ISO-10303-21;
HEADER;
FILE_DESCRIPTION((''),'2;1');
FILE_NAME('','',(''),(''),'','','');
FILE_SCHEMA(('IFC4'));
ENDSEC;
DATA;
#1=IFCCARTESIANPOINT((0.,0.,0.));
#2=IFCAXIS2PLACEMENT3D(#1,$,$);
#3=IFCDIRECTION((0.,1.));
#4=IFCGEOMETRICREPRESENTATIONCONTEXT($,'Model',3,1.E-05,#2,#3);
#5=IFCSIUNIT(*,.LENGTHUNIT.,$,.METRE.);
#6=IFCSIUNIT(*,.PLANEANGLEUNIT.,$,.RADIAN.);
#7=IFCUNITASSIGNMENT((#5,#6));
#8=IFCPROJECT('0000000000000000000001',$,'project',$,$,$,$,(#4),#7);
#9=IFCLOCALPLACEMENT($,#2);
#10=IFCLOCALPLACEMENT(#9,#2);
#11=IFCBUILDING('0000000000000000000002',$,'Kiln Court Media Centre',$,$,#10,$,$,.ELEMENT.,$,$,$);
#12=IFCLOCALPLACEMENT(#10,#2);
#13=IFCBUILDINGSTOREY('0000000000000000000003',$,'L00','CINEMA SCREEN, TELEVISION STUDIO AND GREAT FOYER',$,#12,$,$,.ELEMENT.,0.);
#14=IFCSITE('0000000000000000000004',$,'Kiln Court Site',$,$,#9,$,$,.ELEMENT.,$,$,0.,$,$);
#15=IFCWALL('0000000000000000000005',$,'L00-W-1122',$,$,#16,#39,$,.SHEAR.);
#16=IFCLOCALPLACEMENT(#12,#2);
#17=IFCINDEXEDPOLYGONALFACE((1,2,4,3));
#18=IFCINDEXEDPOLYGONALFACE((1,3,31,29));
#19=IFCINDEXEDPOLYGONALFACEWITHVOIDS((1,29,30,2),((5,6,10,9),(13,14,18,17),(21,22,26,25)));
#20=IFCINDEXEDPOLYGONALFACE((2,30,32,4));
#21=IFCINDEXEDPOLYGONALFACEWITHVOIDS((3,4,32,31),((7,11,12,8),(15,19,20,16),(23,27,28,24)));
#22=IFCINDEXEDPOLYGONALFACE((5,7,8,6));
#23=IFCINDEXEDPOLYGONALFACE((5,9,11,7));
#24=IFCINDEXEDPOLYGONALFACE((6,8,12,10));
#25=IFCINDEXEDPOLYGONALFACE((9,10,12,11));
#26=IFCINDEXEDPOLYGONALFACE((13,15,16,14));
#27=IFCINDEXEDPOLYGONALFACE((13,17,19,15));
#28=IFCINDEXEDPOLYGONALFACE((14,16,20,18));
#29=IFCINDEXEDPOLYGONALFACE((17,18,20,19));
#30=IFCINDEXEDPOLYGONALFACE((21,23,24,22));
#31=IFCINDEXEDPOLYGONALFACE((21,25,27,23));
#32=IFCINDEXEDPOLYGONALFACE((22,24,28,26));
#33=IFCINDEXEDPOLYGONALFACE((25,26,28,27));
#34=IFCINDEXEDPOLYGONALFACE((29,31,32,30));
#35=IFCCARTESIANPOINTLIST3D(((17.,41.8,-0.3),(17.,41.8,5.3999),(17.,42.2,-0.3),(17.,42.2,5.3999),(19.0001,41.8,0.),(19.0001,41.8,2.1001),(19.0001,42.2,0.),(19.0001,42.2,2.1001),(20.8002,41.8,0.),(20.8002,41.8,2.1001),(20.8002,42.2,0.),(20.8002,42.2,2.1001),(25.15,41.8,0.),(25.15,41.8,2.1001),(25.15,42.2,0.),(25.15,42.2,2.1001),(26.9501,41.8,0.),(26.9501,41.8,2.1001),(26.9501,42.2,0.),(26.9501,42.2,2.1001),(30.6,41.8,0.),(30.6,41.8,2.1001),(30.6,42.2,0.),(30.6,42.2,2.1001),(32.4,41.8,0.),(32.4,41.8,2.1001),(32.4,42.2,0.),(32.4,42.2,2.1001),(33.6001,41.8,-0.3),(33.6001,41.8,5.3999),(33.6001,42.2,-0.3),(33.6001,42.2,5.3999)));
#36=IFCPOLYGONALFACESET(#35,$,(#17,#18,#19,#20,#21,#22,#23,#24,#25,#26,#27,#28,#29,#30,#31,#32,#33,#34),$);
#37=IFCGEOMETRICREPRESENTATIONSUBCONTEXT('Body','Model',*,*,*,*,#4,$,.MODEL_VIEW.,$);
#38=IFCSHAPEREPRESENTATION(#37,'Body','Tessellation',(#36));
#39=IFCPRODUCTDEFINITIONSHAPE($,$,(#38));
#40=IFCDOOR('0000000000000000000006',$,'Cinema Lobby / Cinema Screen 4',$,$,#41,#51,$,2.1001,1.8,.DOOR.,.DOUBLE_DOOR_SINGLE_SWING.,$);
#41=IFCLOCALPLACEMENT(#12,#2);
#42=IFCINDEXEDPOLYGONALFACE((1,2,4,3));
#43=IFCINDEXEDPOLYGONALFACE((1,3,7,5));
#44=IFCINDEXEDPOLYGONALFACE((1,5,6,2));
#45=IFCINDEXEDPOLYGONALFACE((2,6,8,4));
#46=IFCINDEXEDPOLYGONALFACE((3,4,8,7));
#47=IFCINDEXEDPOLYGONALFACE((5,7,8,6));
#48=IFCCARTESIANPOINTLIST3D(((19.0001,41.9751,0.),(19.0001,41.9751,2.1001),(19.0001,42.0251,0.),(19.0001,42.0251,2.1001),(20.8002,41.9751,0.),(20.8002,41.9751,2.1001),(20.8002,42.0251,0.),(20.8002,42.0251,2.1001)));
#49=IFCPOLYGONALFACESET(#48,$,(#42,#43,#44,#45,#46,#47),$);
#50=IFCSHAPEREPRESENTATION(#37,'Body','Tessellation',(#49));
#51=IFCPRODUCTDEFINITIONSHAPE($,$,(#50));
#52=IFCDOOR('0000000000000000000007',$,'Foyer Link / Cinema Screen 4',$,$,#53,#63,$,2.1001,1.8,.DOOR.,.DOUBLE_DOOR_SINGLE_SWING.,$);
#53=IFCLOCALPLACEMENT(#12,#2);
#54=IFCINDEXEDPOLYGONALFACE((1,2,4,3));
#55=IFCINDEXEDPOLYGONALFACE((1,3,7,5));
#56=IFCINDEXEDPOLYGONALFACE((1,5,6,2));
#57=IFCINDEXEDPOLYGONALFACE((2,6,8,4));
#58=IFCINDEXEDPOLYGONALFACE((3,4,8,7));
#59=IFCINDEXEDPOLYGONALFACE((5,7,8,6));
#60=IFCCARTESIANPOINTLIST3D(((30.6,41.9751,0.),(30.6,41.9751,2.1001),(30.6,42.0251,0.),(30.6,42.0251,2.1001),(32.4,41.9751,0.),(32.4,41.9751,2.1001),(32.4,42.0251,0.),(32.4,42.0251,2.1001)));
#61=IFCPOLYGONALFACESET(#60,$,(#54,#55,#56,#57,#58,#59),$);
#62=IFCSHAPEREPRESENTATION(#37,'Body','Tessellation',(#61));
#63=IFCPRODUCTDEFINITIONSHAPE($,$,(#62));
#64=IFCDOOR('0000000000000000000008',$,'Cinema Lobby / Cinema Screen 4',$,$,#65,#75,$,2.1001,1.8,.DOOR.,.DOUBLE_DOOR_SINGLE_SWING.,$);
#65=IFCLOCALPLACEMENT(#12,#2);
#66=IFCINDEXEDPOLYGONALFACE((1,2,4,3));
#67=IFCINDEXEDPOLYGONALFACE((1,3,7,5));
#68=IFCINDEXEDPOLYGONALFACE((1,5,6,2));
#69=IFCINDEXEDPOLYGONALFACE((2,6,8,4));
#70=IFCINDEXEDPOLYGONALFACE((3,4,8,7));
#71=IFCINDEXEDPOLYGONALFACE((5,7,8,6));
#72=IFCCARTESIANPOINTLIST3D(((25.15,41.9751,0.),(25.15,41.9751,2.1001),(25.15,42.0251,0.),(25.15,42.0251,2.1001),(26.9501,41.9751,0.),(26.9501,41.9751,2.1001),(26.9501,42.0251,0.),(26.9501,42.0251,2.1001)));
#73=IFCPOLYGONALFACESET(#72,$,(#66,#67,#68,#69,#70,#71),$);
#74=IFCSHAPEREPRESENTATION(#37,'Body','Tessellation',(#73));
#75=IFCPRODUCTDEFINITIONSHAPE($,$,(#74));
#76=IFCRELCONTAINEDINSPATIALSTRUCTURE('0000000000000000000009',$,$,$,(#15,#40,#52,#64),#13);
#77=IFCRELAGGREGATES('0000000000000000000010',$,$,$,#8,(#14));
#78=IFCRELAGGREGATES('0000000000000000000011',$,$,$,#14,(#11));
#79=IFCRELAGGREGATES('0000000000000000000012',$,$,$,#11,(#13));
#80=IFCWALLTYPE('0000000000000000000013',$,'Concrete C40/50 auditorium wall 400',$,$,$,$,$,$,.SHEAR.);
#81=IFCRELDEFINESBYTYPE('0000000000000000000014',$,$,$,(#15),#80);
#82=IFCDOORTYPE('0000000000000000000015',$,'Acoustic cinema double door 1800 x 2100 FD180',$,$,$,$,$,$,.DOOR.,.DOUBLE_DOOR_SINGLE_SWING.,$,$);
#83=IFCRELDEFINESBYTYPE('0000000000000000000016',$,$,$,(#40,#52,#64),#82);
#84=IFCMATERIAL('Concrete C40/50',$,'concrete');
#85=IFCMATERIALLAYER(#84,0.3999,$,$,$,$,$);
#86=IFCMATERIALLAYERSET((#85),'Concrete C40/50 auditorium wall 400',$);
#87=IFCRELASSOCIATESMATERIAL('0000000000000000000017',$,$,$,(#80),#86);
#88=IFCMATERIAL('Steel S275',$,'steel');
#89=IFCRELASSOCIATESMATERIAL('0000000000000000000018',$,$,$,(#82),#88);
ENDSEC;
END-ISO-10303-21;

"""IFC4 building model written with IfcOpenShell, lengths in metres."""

from ifc_helpers import new_model, si_unit, direction, frame, frame_2d, origin, place, context, subcontext, project, spatial, rectangle, extrude, material, layer, layer_set, type_object, element, fill, save


model = new_model("IFC4")

# Units and contexts
model_context = context("Model", 3, precision=1e-05, world=origin(), true_north=direction((0.0, 1.0)))
body_context = subcontext(model_context, "Body", "Model", "MODEL_VIEW")
ifc_project = project(units=[si_unit("LENGTHUNIT", "METRE"), si_unit("PLANEANGLEUNIT", "RADIAN")], contexts=[model_context])

# Site, building, storey
site_placement = place(None, origin())
site = spatial("IfcSite", under=ifc_project, at=site_placement, Name="Kiln Court Site", CompositionType="ELEMENT", RefElevation=0.0)
building_placement = place(site_placement, origin())
building = spatial("IfcBuilding", under=site, at=building_placement, Name="Kiln Court Media Centre", CompositionType="ELEMENT")
storey_placement = place(building_placement, origin())
storey = spatial("IfcBuildingStorey", under=building, at=storey_placement, Name="L00", Description="CINEMA SCREEN, TELEVISION STUDIO AND GREAT FOYER", CompositionType="ELEMENT", Elevation=0.0)

# Wall, openings, doors
ifc_material_1 = material(Name="Concrete C40/50", Category="concrete")
ifc_layer_1 = layer(ifc_material_1, 0.3999)
ifc_layer_set_1 = layer_set([ifc_layer_1], Name="Concrete C40/50 auditorium wall 400")
wall_type_1 = type_object("IfcWallType", Name="Concrete C40/50 auditorium wall 400", PredefinedType="SHEAR", material=ifc_layer_set_1)
wall_1_placement = place(storey_placement, frame((33.6001, 42.0, -0.3), z_axis=(0.0, 0.0, 1.0), x_axis=(-1.0, 0.0, 0.0)))
wall_1 = element("IfcWall", 1, at=wall_1_placement, inside=storey, type_object=wall_type_1, Name="L00-W-1122", PredefinedType="SHEAR", context=body_context, shape_type="SweptSolid", body=[
    extrude(rectangle(XDim=16.6001, YDim=0.3999, at=frame_2d((8.3, 0.0))), origin(), (0.0, 0.0, 1.0), 5.7),
])
opening_1_placement = place(wall_1_placement, frame((12.8, 0.0, 0.3)))
opening_1 = element("IfcOpeningElement", 2, at=opening_1_placement, cuts=wall_1, PredefinedType="OPENING", context=body_context, shape_type="SweptSolid", body=[
    extrude(rectangle(XDim=1.8, YDim=2.1001, at=frame_2d((0.8999, 1.05))), frame((0.0, 0.21, 0.0), z_axis=(0.0, -1.0, 0.0), x_axis=(1.0, 0.0, 0.0)), (0.0, 0.0, 1.0), 0.4199),
])
opening_2_placement = place(wall_1_placement, frame((1.2002, 0.0, 0.3)))
opening_2 = element("IfcOpeningElement", 3, at=opening_2_placement, cuts=wall_1, PredefinedType="OPENING", context=body_context, shape_type="SweptSolid", body=[
    extrude(rectangle(XDim=1.8, YDim=2.1001, at=frame_2d((0.8999, 1.05))), frame((0.0, 0.21, 0.0), z_axis=(0.0, -1.0, 0.0), x_axis=(1.0, 0.0, 0.0)), (0.0, 0.0, 1.0), 0.4199),
])
opening_3_placement = place(wall_1_placement, frame((6.6501, 0.0, 0.3)))
opening_3 = element("IfcOpeningElement", 4, at=opening_3_placement, cuts=wall_1, PredefinedType="OPENING", context=body_context, shape_type="SweptSolid", body=[
    extrude(rectangle(XDim=1.8, YDim=2.1001, at=frame_2d((0.8999, 1.05))), frame((0.0, 0.21, 0.0), z_axis=(0.0, -1.0, 0.0), x_axis=(1.0, 0.0, 0.0)), (0.0, 0.0, 1.0), 0.4199),
])
ifc_material_2 = material(Name="Steel S275", Category="steel")
door_type_1 = type_object("IfcDoorType", Name="Acoustic cinema double door 1800 x 2100 FD180", OperationType="DOUBLE_DOOR_SINGLE_SWING", PredefinedType="DOOR", material=ifc_material_2)
door_1_placement = place(opening_1_placement, origin())
door_1 = element("IfcDoor", 5, at=door_1_placement, inside=storey, type_object=door_type_1, Name="Cinema Lobby / Cinema Screen 4", OperationType="DOUBLE_DOOR_SINGLE_SWING", OverallHeight=2.1001, OverallWidth=1.8, PredefinedType="DOOR", context=body_context, shape_type="SweptSolid", body=[
    extrude(rectangle(XDim=1.8, YDim=2.1001, at=frame_2d((0.8999, 1.05))), frame((0.0, 0.0249, 0.0), z_axis=(0.0, -1.0, 0.0), x_axis=(1.0, 0.0, 0.0)), (0.0, 0.0, 1.0), 0.05),
])
fill(opening_1, door_1)
door_2_placement = place(opening_2_placement, origin())
door_2 = element("IfcDoor", 6, at=door_2_placement, inside=storey, type_object=door_type_1, Name="Foyer Link / Cinema Screen 4", OperationType="DOUBLE_DOOR_SINGLE_SWING", OverallHeight=2.1001, OverallWidth=1.8, PredefinedType="DOOR", context=body_context, shape_type="SweptSolid", body=[
    extrude(rectangle(XDim=1.8, YDim=2.1001, at=frame_2d((0.8999, 1.05))), frame((0.0, 0.0249, 0.0), z_axis=(0.0, -1.0, 0.0), x_axis=(1.0, 0.0, 0.0)), (0.0, 0.0, 1.0), 0.05),
])
fill(opening_2, door_2)
door_3_placement = place(opening_3_placement, origin())
door_3 = element("IfcDoor", 7, at=door_3_placement, inside=storey, type_object=door_type_1, Name="Cinema Lobby / Cinema Screen 4", OperationType="DOUBLE_DOOR_SINGLE_SWING", OverallHeight=2.1001, OverallWidth=1.8, PredefinedType="DOOR", context=body_context, shape_type="SweptSolid", body=[
    extrude(rectangle(XDim=1.8, YDim=2.1001, at=frame_2d((0.8999, 1.05))), frame((0.0, 0.0249, 0.0), z_axis=(0.0, -1.0, 0.0), x_axis=(1.0, 0.0, 0.0)), (0.0, 0.0, 1.0), 0.05),
])
fill(opening_3, door_3)

save(model, "model.ifc")
